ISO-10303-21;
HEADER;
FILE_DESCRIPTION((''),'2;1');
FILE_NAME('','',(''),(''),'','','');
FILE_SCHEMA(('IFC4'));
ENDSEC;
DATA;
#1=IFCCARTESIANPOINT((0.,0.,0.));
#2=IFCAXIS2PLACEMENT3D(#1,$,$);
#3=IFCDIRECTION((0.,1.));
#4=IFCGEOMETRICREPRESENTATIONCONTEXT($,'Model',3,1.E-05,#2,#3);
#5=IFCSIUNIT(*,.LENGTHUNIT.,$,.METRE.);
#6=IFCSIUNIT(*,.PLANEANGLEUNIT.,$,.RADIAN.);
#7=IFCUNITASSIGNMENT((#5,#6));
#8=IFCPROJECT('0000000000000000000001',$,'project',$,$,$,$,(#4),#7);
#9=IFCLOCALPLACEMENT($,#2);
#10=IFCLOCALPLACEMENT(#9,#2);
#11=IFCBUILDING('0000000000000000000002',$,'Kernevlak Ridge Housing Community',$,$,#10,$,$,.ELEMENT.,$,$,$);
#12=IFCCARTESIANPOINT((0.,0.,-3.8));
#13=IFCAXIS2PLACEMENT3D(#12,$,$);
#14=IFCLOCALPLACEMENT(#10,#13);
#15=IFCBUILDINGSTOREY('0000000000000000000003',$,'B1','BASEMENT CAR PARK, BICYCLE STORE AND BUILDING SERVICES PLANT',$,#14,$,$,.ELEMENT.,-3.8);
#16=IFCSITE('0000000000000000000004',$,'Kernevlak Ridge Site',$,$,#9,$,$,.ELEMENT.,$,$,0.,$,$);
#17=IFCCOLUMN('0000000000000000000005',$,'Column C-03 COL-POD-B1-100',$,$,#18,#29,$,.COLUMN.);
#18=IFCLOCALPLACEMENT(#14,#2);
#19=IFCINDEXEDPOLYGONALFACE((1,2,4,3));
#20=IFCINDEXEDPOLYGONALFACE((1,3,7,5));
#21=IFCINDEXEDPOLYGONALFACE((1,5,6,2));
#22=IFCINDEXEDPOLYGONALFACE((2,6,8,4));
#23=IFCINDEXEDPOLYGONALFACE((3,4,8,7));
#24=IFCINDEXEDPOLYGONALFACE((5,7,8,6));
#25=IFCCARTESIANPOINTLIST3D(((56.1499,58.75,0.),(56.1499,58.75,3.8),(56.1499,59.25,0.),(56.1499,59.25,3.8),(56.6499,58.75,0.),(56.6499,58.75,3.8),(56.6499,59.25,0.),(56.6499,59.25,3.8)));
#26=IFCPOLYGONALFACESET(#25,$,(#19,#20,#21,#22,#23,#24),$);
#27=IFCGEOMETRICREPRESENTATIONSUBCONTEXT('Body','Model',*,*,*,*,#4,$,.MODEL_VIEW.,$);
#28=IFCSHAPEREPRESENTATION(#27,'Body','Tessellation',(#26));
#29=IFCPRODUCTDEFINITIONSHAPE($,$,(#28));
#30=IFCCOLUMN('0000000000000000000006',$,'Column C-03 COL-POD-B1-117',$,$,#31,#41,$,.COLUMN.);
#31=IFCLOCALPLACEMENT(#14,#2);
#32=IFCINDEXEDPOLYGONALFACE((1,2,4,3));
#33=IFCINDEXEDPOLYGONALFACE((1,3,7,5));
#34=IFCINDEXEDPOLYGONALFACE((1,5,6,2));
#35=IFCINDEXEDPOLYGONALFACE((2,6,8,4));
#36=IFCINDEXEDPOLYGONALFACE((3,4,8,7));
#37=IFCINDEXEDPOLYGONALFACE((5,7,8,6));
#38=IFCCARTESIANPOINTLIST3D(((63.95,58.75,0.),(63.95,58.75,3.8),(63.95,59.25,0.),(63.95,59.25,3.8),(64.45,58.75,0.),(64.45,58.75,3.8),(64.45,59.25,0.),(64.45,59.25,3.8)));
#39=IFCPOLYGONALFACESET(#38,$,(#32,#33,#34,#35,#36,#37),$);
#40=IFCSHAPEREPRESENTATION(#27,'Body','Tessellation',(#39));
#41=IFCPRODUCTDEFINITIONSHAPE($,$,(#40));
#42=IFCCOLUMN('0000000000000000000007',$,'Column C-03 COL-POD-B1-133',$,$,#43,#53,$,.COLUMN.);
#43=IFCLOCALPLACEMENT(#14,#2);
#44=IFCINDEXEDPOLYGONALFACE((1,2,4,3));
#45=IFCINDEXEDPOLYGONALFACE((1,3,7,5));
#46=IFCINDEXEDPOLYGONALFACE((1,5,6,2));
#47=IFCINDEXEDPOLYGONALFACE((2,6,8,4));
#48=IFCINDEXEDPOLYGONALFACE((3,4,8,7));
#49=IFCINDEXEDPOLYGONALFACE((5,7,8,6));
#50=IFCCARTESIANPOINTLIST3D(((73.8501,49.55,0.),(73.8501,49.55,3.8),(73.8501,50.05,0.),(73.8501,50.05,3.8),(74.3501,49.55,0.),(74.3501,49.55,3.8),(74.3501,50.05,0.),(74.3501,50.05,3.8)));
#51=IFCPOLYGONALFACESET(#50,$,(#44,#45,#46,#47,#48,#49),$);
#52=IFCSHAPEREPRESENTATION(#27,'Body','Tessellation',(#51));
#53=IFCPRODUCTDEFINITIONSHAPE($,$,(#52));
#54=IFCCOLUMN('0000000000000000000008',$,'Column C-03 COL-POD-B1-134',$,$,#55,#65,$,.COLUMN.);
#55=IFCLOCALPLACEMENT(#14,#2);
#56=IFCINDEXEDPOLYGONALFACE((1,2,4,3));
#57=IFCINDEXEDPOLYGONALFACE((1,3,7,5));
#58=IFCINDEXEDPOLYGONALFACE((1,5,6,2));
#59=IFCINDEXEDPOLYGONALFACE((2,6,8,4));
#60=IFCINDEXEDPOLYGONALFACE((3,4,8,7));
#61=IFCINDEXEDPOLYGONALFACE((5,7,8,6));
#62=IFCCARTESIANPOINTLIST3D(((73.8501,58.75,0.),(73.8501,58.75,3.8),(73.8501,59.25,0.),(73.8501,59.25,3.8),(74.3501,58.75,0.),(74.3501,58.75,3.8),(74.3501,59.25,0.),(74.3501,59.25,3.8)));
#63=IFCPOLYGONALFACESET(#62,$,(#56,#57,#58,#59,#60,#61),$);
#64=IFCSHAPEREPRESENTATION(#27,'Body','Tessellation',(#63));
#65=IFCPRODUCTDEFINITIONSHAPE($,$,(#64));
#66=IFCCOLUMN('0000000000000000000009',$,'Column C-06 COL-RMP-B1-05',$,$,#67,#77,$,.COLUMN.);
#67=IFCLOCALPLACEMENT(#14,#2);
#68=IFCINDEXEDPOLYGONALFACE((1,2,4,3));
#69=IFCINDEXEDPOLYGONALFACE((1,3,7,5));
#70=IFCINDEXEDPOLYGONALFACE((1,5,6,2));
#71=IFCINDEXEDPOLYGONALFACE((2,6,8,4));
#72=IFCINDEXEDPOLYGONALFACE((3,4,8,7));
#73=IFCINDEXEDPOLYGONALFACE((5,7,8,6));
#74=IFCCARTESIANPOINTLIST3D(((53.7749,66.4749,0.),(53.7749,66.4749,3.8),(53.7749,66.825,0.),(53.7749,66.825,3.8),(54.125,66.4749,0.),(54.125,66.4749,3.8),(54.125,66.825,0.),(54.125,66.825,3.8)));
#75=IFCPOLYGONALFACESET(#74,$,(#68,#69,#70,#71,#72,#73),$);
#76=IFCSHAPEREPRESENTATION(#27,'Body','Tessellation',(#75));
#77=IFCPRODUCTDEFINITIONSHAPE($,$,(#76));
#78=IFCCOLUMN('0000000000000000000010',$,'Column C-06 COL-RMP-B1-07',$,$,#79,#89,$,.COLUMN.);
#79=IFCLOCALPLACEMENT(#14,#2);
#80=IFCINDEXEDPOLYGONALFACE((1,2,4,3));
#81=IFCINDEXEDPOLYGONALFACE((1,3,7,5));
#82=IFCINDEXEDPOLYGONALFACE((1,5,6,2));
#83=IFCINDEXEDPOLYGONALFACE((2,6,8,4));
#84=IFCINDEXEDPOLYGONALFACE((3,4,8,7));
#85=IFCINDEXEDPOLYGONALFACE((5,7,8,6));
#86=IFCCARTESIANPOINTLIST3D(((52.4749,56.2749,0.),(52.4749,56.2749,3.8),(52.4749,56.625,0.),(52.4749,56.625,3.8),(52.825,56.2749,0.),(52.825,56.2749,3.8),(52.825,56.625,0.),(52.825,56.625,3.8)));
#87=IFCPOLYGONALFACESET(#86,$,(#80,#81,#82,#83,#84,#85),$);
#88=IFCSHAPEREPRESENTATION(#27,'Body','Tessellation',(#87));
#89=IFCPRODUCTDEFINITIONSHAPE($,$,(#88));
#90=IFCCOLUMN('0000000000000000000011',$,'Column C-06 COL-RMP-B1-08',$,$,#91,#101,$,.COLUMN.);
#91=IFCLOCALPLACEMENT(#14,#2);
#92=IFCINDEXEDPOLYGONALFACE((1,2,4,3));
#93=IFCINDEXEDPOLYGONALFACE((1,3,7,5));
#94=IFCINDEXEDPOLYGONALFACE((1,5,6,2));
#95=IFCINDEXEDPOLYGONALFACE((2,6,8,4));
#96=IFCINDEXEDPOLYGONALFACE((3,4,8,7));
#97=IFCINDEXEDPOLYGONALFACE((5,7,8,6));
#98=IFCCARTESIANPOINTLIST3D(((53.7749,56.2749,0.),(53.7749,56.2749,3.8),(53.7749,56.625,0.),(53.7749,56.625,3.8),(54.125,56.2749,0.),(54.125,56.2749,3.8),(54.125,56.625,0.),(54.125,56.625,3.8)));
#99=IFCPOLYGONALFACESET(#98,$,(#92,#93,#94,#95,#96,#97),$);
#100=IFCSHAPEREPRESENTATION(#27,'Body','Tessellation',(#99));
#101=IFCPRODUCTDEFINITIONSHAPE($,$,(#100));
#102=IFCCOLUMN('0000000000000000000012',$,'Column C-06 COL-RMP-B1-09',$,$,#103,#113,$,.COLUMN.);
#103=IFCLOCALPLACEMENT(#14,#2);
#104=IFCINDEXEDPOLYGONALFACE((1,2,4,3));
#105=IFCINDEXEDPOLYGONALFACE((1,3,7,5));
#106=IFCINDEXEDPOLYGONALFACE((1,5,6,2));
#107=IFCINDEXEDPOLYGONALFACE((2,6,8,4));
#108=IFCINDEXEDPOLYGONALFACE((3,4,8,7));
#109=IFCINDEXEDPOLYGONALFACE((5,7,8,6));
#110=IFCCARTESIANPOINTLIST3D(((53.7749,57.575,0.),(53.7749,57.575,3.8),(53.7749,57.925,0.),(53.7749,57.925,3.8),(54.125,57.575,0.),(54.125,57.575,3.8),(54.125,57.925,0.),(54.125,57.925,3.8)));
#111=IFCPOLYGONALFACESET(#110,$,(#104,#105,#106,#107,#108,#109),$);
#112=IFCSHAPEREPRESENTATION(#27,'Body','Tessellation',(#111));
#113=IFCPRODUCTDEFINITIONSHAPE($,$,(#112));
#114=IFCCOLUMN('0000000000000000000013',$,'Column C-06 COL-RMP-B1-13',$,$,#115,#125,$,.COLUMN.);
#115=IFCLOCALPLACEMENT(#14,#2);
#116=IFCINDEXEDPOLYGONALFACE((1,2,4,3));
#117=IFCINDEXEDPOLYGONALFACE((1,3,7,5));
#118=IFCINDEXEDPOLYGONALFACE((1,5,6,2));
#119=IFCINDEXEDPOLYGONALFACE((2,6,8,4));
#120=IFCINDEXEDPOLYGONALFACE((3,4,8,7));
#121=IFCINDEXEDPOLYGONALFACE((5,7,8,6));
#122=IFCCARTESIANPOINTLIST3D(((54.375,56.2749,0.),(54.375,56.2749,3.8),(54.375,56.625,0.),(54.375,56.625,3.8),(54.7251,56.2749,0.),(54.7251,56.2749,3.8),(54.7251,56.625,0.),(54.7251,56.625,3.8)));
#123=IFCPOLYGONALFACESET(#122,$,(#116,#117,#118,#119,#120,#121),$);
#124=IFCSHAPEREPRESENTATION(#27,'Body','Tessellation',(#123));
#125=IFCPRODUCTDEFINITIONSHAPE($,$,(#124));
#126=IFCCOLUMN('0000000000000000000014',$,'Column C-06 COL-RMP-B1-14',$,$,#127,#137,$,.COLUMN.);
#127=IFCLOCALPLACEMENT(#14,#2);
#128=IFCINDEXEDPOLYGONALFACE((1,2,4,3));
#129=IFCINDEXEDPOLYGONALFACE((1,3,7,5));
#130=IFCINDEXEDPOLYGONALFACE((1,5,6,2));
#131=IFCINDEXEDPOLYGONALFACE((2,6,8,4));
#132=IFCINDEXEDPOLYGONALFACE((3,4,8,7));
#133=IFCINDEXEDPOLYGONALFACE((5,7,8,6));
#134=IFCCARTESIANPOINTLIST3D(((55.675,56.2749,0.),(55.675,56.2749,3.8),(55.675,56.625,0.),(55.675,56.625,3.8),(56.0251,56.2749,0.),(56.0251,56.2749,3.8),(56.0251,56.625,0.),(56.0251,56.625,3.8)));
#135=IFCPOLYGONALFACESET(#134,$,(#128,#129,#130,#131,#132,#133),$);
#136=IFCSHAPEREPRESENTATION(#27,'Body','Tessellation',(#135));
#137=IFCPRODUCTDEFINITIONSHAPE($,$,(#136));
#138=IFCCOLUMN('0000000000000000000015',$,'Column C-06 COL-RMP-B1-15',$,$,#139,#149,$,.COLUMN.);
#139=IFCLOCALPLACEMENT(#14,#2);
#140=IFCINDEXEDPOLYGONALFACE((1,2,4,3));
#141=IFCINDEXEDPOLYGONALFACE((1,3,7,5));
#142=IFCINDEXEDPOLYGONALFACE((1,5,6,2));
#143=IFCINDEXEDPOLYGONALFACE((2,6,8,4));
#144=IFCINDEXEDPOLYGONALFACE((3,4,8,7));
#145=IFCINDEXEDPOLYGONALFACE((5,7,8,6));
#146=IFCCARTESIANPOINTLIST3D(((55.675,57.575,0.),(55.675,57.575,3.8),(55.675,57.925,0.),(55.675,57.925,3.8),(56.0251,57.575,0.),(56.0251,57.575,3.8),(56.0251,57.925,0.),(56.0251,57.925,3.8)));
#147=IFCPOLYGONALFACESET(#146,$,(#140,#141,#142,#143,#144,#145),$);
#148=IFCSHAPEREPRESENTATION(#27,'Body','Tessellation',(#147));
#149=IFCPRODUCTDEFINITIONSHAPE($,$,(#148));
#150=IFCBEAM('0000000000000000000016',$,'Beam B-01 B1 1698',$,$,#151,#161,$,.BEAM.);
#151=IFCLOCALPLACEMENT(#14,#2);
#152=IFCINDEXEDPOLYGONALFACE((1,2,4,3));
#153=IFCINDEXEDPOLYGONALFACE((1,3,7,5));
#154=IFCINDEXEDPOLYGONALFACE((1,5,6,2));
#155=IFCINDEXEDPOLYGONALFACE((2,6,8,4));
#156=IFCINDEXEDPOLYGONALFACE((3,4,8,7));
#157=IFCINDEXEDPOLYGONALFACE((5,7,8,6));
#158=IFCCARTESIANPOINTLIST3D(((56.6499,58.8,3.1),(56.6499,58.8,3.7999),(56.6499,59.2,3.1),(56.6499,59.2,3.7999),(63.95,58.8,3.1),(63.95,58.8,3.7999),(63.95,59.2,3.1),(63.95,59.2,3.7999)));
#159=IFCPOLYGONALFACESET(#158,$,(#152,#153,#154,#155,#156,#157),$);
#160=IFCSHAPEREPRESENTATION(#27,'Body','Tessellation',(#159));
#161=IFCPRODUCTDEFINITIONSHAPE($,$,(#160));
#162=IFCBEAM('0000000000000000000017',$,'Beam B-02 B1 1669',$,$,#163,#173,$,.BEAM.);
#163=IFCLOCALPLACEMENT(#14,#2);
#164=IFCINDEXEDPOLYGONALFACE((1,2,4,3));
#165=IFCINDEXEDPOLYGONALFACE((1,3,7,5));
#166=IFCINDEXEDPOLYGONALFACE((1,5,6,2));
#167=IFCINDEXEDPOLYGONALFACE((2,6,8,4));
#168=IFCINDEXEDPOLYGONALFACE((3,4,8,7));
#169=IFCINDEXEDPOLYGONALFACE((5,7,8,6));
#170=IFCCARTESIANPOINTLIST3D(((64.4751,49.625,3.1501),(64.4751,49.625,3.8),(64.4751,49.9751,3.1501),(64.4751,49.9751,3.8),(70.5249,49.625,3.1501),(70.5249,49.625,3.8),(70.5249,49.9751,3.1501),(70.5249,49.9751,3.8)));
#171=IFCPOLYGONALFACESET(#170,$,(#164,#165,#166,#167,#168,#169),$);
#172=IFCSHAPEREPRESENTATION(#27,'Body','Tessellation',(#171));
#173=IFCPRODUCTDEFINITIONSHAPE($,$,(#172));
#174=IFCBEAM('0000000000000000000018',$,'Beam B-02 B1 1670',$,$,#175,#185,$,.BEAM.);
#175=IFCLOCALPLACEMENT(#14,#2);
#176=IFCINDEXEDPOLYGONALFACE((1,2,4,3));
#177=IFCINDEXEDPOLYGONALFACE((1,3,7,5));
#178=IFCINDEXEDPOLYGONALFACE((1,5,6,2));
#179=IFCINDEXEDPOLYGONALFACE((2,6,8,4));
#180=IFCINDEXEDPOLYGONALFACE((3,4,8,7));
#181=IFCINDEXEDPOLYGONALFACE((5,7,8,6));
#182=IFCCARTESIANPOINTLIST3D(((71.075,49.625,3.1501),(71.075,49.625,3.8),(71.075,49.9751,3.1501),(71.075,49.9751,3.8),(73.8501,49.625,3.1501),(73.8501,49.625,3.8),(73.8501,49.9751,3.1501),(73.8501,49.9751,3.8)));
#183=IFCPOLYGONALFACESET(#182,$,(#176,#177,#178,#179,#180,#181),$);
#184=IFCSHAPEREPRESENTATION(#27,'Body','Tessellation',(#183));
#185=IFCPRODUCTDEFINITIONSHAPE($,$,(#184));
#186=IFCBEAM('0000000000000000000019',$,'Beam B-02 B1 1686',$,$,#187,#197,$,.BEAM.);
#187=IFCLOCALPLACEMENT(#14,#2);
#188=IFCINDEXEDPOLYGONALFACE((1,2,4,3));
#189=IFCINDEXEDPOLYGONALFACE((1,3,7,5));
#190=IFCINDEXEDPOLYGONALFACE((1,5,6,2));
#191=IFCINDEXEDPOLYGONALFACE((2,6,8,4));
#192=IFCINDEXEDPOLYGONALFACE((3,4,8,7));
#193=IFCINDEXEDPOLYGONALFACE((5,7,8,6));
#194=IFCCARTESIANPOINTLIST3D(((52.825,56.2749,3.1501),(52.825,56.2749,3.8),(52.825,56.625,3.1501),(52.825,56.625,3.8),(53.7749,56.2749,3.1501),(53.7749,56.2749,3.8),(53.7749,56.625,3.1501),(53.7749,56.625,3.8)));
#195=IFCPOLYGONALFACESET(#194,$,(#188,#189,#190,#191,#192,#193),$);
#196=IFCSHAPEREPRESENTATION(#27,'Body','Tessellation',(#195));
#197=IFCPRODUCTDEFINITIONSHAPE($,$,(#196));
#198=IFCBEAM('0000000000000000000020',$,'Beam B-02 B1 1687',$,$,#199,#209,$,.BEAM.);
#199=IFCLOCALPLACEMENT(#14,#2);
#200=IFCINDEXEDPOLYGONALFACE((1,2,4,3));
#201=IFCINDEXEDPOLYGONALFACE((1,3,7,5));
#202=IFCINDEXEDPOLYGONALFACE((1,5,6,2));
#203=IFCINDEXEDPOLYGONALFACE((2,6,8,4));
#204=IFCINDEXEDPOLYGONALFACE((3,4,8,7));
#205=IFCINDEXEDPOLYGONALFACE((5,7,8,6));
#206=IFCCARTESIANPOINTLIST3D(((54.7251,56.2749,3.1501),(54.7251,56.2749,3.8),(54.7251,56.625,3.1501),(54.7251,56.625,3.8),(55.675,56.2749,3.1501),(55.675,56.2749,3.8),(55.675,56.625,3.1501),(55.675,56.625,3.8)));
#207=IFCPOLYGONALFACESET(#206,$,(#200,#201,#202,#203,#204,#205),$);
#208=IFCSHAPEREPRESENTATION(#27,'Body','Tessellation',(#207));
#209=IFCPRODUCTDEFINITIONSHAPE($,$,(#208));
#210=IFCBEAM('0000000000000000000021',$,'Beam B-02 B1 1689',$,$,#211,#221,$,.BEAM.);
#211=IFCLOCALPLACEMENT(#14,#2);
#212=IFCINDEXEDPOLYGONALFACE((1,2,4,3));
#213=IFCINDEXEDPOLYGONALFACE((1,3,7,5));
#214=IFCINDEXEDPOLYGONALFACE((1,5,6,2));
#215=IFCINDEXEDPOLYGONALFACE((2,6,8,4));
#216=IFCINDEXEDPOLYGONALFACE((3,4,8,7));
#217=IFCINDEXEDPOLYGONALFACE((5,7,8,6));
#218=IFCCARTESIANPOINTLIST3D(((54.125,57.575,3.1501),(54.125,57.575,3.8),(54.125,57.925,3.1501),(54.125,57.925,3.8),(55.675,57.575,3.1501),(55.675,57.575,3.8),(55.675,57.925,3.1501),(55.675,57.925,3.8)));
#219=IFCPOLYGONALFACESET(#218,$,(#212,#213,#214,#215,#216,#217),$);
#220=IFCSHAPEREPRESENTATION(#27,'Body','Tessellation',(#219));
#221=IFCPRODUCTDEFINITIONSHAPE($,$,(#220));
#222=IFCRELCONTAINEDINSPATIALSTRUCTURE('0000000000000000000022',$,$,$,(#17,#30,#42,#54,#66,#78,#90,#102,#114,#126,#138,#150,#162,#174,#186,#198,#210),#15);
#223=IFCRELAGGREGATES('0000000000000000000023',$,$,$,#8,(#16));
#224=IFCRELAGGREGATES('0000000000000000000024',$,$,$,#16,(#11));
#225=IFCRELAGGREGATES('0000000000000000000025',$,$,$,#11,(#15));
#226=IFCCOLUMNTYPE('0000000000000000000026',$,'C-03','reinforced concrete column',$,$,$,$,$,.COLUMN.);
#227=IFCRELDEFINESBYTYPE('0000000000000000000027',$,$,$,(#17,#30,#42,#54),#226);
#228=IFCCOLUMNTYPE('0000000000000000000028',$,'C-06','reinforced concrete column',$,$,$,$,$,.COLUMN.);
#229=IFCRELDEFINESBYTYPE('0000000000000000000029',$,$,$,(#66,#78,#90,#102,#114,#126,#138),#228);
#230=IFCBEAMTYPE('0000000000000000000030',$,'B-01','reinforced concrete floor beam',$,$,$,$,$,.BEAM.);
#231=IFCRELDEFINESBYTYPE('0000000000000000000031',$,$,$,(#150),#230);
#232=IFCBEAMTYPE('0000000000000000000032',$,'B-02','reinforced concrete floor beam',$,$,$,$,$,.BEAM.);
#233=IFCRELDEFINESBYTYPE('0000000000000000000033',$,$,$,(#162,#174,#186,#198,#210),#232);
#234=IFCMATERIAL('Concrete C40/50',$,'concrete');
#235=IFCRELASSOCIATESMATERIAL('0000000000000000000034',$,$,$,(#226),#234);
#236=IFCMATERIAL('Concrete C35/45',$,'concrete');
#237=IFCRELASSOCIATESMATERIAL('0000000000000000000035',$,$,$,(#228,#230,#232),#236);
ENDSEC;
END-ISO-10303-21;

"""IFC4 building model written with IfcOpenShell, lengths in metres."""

from ifc_helpers import new_model, si_unit, direction, frame, origin, origin_2d, place, context, subcontext, project, spatial, rectangle, extrude, material, material_profile, profile_set, type_object, element, save


model = new_model("IFC4")

# Units and contexts
model_context = context("Model", 3, precision=1e-05, world=origin(), true_north=direction((0.0, 1.0)))
body_context = subcontext(model_context, "Body", "Model", "MODEL_VIEW")
ifc_project = project(units=[si_unit("LENGTHUNIT", "METRE"), si_unit("PLANEANGLEUNIT", "RADIAN")], contexts=[model_context])

# Site, building, storey
site_placement = place(None, origin())
site = spatial("IfcSite", under=ifc_project, at=site_placement, Name="Kernevlak Ridge Site", CompositionType="ELEMENT", RefElevation=0.0)
building_placement = place(site_placement, origin())
building = spatial("IfcBuilding", under=site, at=building_placement, Name="Kernevlak Ridge Housing Community", CompositionType="ELEMENT")
storey_placement = place(building_placement, frame((0.0, 0.0, -3.8)))
storey = spatial("IfcBuildingStorey", under=building, at=storey_placement, Name="B1", Description="BASEMENT CAR PARK, BICYCLE STORE AND BUILDING SERVICES PLANT", CompositionType="ELEMENT", Elevation=-3.8)

# Shared definitions
ifc_material_1 = material(Name="Concrete C35/45", Category="concrete")

# Columns
ifc_material_2 = material(Name="Concrete C40/50", Category="concrete")
ifc_material_profile_1 = material_profile(ifc_material_2, rectangle(XDim=0.5, YDim=0.5, at=origin_2d()), Name="RC 500x500")
ifc_profile_set_1 = profile_set([ifc_material_profile_1], Name="Concrete C40/50")
column_type_1 = type_object("IfcColumnType", Name="C-03", Description="reinforced concrete column", PredefinedType="COLUMN", material=ifc_profile_set_1)
for number, where, z_axis, x_axis, name in (
    (1, (56.3999, 59.0, 0.0), (0.0, 0.0, 1.0), (1.0, 0.0, 0.0), "Column C-03 COL-POD-B1-100"),
    (2, (64.2, 59.0, 0.0), (0.0, 0.0, 1.0), (1.0, 0.0, 0.0), "Column C-03 COL-POD-B1-117"),
    (3, (74.1001, 49.8, 0.0), (0.0, 0.0, 1.0), (1.0, 0.0, 0.0), "Column C-03 COL-POD-B1-133"),
    (4, (74.1001, 59.0, 0.0), (0.0, 0.0, 1.0), (1.0, 0.0, 0.0), "Column C-03 COL-POD-B1-134"),
):
    element("IfcColumn", number, at=place(storey_placement, frame(where, z_axis=z_axis, x_axis=x_axis)), inside=storey, type_object=column_type_1, Name=name, PredefinedType="COLUMN", context=body_context, shape_type="SweptSolid", body=[
        extrude(rectangle(XDim=0.5, YDim=0.5, at=origin_2d()), origin(), (0.0, 0.0, 1.0), 3.8),
    ])
ifc_material_profile_2 = material_profile(ifc_material_1, rectangle(XDim=0.3501, YDim=0.3501, at=origin_2d()), Name="RC 350x350")
ifc_profile_set_2 = profile_set([ifc_material_profile_2], Name="Concrete C35/45")
column_type_2 = type_object("IfcColumnType", Name="C-06", Description="reinforced concrete column", PredefinedType="COLUMN", material=ifc_profile_set_2)
for number, where, z_axis, x_axis, name in (
    (5, (53.95, 66.6499, 0.0), (0.0, 0.0, 1.0), (1.0, 0.0, 0.0), "Column C-06 COL-RMP-B1-05"),
    (6, (52.6499, 56.45, 0.0), (0.0, 0.0, 1.0), (1.0, 0.0, 0.0), "Column C-06 COL-RMP-B1-07"),
    (7, (53.95, 56.45, 0.0), (0.0, 0.0, 1.0), (1.0, 0.0, 0.0), "Column C-06 COL-RMP-B1-08"),
    (8, (53.95, 57.75, 0.0), (0.0, 0.0, 1.0), (1.0, 0.0, 0.0), "Column C-06 COL-RMP-B1-09"),
    (9, (54.55, 56.45, 0.0), (0.0, 0.0, 1.0), (1.0, 0.0, 0.0), "Column C-06 COL-RMP-B1-13"),
    (10, (55.8501, 56.45, 0.0), (0.0, 0.0, 1.0), (1.0, 0.0, 0.0), "Column C-06 COL-RMP-B1-14"),
    (11, (55.8501, 57.75, 0.0), (0.0, 0.0, 1.0), (1.0, 0.0, 0.0), "Column C-06 COL-RMP-B1-15"),
):
    element("IfcColumn", number, at=place(storey_placement, frame(where, z_axis=z_axis, x_axis=x_axis)), inside=storey, type_object=column_type_2, Name=name, PredefinedType="COLUMN", context=body_context, shape_type="SweptSolid", body=[
        extrude(rectangle(XDim=0.3501, YDim=0.3501, at=origin_2d()), origin(), (0.0, 0.0, 1.0), 3.8),
    ])

# Beams
ifc_material_profile_3 = material_profile(ifc_material_1, rectangle(XDim=0.3999, YDim=0.7, at=origin_2d()), Name="RC 400x700")
ifc_profile_set_3 = profile_set([ifc_material_profile_3], Name="Concrete C35/45")
beam_type_1 = type_object("IfcBeamType", Name="B-01", Description="reinforced concrete floor beam", PredefinedType="BEAM", material=ifc_profile_set_3)
beam_1_placement = place(storey_placement, frame((56.6499, 59.0, 3.45), z_axis=(1.0, 0.0, 0.0), x_axis=(0.0, 1.0, 0.0)))
element("IfcBeam", 12, at=beam_1_placement, inside=storey, type_object=beam_type_1, Name="Beam B-01 B1 1698", PredefinedType="BEAM", context=body_context, shape_type="SweptSolid", body=[
    extrude(rectangle(XDim=0.3999, YDim=0.7, at=origin_2d()), origin(), (0.0, 0.0, 1.0), 7.3),
])
ifc_material_profile_4 = material_profile(ifc_material_1, rectangle(XDim=0.3501, YDim=0.6499, at=origin_2d()), Name="RC 350x650")
ifc_profile_set_4 = profile_set([ifc_material_profile_4], Name="Concrete C35/45")
beam_type_2 = type_object("IfcBeamType", Name="B-02", Description="reinforced concrete floor beam", PredefinedType="BEAM", material=ifc_profile_set_4)
beam_2_placement = place(storey_placement, frame((64.4751, 49.8, 3.4751), z_axis=(1.0, 0.0, 0.0), x_axis=(0.0, 1.0, 0.0)))
element("IfcBeam", 13, at=beam_2_placement, inside=storey, type_object=beam_type_2, Name="Beam B-02 B1 1669", PredefinedType="BEAM", context=body_context, shape_type="SweptSolid", body=[
    extrude(rectangle(XDim=0.3501, YDim=0.6499, at=origin_2d()), origin(), (0.0, 0.0, 1.0), 6.0498),
])
beam_3_placement = place(storey_placement, frame((71.075, 49.8, 3.4751), z_axis=(1.0, 0.0, 0.0), x_axis=(0.0, 1.0, 0.0)))
element("IfcBeam", 14, at=beam_3_placement, inside=storey, type_object=beam_type_2, Name="Beam B-02 B1 1670", PredefinedType="BEAM", context=body_context, shape_type="SweptSolid", body=[
    extrude(rectangle(XDim=0.3501, YDim=0.6499, at=origin_2d()), origin(), (0.0, 0.0, 1.0), 2.7751),
])
for number, where, z_axis, x_axis, name in (
    (15, (52.825, 56.45, 3.4751), (1.0, 0.0, 0.0), (0.0, 1.0, 0.0), "Beam B-02 B1 1686"),
    (16, (54.7251, 56.45, 3.4751), (1.0, 0.0, 0.0), (0.0, 1.0, 0.0), "Beam B-02 B1 1687"),
):
    element("IfcBeam", number, at=place(storey_placement, frame(where, z_axis=z_axis, x_axis=x_axis)), inside=storey, type_object=beam_type_2, Name=name, PredefinedType="BEAM", context=body_context, shape_type="SweptSolid", body=[
        extrude(rectangle(XDim=0.3501, YDim=0.6499, at=origin_2d()), origin(), (0.0, 0.0, 1.0), 0.95),
    ])
beam_4_placement = place(storey_placement, frame((54.125, 57.75, 3.4751), z_axis=(1.0, 0.0, 0.0), x_axis=(0.0, 1.0, 0.0)))
element("IfcBeam", 17, at=beam_4_placement, inside=storey, type_object=beam_type_2, Name="Beam B-02 B1 1689", PredefinedType="BEAM", context=body_context, shape_type="SweptSolid", body=[
    extrude(rectangle(XDim=0.3501, YDim=0.6499, at=origin_2d()), origin(), (0.0, 0.0, 1.0), 1.55),
])

save(model, "model.ifc")
